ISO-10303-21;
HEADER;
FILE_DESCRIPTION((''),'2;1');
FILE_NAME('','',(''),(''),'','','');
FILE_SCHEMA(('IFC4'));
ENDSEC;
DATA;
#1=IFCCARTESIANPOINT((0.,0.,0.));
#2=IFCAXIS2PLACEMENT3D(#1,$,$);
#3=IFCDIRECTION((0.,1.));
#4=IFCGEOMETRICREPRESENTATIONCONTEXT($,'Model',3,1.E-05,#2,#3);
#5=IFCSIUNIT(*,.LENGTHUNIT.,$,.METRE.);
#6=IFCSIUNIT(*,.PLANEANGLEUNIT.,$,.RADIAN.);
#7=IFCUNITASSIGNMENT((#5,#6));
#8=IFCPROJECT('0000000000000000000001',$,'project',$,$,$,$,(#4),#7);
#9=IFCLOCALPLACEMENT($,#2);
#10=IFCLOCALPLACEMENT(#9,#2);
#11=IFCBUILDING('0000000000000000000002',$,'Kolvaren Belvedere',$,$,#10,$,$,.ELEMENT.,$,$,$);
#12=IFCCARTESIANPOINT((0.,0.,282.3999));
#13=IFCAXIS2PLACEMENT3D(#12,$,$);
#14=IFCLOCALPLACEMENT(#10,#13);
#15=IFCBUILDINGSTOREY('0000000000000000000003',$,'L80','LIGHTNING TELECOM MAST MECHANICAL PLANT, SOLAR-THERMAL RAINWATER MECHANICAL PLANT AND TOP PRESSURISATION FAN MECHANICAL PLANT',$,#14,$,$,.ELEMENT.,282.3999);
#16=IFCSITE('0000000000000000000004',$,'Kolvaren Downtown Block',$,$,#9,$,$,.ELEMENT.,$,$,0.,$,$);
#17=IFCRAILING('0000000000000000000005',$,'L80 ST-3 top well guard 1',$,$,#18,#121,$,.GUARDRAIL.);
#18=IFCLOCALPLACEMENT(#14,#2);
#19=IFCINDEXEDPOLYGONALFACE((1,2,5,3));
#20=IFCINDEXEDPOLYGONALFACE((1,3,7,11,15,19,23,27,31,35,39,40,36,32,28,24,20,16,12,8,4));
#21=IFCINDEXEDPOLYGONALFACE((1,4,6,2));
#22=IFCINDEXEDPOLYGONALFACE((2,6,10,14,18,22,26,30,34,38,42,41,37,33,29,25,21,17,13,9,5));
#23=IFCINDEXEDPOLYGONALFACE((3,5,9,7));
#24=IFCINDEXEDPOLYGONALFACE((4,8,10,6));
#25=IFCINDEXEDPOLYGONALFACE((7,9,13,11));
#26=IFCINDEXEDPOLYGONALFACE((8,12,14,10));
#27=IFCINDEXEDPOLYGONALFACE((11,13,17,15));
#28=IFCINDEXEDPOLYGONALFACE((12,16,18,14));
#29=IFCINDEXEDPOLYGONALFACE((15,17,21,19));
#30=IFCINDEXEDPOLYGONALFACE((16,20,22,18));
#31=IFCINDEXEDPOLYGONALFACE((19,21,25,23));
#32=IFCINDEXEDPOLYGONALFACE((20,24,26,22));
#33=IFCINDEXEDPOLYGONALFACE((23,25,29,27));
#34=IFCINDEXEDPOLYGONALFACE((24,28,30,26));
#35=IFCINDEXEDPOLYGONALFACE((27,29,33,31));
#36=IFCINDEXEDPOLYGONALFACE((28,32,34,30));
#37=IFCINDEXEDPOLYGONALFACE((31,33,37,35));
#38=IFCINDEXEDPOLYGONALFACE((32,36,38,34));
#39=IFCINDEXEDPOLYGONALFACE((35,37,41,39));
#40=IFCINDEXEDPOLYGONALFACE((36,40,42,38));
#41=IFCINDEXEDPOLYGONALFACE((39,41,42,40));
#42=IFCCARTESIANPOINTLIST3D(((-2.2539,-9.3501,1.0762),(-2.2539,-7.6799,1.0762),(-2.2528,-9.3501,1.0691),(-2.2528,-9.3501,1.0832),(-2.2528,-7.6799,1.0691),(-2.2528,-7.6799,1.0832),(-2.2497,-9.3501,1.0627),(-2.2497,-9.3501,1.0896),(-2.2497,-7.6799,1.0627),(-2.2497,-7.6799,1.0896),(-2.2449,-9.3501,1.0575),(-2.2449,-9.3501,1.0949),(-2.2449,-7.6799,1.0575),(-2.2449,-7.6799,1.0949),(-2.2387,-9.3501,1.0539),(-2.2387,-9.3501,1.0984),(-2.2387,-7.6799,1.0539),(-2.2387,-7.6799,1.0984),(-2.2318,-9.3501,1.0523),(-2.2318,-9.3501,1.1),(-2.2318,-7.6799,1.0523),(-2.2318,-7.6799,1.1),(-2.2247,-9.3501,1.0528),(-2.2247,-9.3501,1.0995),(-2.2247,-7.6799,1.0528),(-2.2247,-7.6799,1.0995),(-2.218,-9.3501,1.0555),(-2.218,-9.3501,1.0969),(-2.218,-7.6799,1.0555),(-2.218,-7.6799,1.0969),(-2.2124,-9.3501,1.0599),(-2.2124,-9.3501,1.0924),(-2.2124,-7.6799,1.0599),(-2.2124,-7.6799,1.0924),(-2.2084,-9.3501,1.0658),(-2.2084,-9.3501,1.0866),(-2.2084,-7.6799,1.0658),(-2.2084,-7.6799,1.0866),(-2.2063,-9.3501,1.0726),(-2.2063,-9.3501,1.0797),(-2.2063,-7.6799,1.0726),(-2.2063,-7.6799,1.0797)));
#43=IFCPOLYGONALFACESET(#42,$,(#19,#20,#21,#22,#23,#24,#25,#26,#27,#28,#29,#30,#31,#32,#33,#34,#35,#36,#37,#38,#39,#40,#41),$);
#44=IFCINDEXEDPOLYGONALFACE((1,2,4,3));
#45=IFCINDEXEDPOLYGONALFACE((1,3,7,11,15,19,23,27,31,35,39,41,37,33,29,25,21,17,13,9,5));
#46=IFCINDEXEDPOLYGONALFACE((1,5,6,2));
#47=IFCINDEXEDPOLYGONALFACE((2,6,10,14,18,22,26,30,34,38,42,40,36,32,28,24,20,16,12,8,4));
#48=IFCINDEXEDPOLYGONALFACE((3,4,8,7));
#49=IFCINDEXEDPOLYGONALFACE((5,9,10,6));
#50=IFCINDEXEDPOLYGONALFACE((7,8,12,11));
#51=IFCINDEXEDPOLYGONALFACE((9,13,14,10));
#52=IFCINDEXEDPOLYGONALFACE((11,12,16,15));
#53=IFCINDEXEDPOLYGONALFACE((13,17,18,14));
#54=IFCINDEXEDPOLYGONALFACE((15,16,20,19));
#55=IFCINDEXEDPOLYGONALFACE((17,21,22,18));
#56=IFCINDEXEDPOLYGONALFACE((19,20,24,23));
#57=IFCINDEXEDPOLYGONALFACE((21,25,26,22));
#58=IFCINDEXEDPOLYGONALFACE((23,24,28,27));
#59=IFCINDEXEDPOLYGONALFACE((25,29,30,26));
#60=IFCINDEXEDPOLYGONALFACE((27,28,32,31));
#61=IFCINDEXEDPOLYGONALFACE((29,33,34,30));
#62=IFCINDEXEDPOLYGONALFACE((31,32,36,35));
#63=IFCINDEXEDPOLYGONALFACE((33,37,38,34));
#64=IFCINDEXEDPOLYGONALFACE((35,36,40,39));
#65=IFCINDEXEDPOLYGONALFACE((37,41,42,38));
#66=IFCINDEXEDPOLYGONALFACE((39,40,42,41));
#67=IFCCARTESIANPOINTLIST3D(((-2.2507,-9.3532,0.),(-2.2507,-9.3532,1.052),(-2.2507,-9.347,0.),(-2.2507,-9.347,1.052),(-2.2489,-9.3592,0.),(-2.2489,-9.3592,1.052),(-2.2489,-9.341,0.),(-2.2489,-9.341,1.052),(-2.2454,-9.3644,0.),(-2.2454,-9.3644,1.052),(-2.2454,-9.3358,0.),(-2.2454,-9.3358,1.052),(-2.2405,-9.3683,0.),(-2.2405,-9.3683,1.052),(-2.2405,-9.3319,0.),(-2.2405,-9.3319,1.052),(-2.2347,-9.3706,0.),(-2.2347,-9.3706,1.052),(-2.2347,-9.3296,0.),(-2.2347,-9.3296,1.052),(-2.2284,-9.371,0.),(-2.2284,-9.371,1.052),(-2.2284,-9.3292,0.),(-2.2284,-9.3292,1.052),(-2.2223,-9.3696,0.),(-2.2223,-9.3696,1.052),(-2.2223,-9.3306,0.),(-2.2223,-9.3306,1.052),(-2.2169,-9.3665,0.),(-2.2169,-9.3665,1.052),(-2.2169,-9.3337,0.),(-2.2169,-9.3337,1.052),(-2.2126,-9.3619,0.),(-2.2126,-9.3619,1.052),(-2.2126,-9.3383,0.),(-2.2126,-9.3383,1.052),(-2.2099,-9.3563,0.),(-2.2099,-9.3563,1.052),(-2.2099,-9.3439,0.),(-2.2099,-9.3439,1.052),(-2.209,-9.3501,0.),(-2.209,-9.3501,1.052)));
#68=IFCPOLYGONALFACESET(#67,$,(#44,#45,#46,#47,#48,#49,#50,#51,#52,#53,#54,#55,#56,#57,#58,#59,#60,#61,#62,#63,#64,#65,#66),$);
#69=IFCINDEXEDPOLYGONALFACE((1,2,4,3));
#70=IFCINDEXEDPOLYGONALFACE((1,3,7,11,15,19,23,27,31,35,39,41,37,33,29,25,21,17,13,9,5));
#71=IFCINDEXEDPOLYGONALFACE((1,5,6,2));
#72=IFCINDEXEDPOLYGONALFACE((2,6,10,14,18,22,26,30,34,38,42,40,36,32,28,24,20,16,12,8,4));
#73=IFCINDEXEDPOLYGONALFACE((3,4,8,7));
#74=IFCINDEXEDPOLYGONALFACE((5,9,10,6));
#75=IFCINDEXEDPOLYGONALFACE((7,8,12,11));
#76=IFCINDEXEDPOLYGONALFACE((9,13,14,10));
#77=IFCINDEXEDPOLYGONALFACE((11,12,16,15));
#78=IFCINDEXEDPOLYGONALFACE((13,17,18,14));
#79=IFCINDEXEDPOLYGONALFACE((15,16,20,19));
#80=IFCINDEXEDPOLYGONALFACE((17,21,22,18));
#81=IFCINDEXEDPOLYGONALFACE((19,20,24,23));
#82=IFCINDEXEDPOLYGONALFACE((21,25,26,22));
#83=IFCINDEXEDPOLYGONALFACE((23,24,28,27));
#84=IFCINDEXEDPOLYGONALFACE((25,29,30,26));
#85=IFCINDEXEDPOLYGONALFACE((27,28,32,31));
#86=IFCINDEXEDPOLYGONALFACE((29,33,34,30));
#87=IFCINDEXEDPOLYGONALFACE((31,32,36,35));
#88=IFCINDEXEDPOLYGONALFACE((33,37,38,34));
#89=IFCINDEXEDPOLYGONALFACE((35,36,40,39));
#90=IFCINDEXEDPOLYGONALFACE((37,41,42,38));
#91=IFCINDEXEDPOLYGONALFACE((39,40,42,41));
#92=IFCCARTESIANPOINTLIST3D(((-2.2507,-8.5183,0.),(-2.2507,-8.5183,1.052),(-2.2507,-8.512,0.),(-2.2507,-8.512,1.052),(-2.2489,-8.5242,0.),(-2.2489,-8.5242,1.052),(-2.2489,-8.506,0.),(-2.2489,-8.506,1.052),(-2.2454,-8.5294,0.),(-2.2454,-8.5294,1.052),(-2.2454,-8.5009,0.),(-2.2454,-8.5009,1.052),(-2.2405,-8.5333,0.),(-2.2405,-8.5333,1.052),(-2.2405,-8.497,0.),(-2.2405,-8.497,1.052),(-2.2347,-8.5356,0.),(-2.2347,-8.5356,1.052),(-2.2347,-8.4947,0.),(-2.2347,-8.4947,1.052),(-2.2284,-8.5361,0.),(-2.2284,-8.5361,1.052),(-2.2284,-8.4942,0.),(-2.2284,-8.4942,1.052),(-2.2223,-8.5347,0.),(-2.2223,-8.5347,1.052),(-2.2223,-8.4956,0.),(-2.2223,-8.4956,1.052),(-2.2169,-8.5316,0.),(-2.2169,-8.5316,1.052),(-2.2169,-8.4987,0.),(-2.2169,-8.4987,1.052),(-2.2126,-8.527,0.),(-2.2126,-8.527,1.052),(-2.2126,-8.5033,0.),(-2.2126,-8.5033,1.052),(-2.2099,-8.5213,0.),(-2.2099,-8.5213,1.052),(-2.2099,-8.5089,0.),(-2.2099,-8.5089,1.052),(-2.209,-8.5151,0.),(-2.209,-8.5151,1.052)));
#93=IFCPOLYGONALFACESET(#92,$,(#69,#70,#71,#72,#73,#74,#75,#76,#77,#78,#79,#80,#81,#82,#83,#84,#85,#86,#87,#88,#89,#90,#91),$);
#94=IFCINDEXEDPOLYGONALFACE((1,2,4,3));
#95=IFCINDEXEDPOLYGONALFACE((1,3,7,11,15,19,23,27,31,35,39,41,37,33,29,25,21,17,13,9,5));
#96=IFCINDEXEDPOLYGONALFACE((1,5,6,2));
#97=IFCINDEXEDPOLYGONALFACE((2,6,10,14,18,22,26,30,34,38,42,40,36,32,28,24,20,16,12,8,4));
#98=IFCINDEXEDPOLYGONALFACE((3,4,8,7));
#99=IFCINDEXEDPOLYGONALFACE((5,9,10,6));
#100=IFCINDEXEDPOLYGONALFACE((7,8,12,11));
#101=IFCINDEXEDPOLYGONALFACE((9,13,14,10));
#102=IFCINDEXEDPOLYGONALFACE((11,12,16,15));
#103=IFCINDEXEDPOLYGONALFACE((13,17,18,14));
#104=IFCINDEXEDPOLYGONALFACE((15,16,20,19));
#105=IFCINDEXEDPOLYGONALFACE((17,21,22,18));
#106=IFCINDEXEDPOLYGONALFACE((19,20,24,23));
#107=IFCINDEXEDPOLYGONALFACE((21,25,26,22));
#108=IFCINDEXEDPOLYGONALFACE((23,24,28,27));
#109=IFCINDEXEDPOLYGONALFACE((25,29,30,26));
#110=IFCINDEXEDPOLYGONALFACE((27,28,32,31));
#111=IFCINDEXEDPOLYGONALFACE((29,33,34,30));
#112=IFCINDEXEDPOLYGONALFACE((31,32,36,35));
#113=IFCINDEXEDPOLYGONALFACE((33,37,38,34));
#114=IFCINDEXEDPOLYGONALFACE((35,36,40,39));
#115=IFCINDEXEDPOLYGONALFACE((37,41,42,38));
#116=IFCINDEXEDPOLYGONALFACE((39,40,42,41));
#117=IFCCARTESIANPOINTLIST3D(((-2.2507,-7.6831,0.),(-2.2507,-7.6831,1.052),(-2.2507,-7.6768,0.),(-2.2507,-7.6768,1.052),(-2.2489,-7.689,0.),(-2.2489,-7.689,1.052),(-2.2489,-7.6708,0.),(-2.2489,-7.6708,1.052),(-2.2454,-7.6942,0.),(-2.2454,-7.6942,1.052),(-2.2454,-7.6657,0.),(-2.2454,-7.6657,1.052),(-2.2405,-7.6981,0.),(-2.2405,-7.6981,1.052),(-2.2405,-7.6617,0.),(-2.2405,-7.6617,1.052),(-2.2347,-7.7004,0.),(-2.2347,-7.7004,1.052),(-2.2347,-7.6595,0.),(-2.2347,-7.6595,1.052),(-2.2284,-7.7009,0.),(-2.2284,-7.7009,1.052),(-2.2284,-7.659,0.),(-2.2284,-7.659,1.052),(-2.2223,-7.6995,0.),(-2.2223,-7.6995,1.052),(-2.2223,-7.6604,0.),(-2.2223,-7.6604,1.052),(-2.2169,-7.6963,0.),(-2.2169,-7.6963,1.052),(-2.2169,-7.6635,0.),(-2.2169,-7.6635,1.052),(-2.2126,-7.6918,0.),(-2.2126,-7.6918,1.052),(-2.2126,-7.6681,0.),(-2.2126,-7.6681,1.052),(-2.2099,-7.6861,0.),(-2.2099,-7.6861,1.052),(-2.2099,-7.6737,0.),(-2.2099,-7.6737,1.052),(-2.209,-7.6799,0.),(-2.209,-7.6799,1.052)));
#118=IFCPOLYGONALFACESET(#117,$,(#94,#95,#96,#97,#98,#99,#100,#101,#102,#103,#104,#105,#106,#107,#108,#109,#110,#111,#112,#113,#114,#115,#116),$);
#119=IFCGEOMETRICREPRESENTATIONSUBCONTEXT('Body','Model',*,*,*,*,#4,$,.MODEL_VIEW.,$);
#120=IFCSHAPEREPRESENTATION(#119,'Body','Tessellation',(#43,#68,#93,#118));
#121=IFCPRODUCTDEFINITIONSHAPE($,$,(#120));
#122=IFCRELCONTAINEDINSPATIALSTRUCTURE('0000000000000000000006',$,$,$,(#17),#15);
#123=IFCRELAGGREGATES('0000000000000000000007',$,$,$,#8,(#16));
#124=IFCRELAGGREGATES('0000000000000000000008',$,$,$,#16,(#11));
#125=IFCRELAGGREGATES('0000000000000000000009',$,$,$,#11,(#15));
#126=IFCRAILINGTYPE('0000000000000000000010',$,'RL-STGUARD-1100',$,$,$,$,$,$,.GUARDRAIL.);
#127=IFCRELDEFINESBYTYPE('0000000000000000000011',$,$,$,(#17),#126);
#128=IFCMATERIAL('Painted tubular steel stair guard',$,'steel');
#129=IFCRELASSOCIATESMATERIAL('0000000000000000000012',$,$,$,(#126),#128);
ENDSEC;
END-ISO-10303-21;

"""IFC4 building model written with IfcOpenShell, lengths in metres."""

from ifc_helpers import new_model, si_unit, direction, frame, origin, origin_2d, place, context, subcontext, project, spatial, circle, extrude, material, type_object, element, save


model = new_model("IFC4")

# Units and contexts
model_context = context("Model", 3, precision=1e-05, world=origin(), true_north=direction((0.0, 1.0)))
body_context = subcontext(model_context, "Body", "Model", "MODEL_VIEW")
ifc_project = project(units=[si_unit("LENGTHUNIT", "METRE"), si_unit("PLANEANGLEUNIT", "RADIAN")], contexts=[model_context])

# Site, building, storey
site_placement = place(None, origin())
site = spatial("IfcSite", under=ifc_project, at=site_placement, Name="Kolvaren Downtown Block", CompositionType="ELEMENT", RefElevation=0.0)
building_placement = place(site_placement, origin())
building = spatial("IfcBuilding", under=site, at=building_placement, Name="Kolvaren Belvedere", CompositionType="ELEMENT")
storey_placement = place(building_placement, frame((0.0, 0.0, 282.3999)))
storey = spatial("IfcBuildingStorey", under=building, at=storey_placement, Name="L80", Description="LIGHTNING TELECOM MAST MECHANICAL PLANT, SOLAR-THERMAL RAINWATER MECHANICAL PLANT AND TOP PRESSURISATION FAN MECHANICAL PLANT", CompositionType="ELEMENT", Elevation=282.3999)

# Railing
ifc_material_1 = material(Name="Painted tubular steel stair guard", Category="steel")
railing_type = type_object("IfcRailingType", Name="RL-STGUARD-1100", PredefinedType="GUARDRAIL", material=ifc_material_1)
railing_placement = place(storey_placement, frame((-2.23, -9.3501, 0.0)))
element("IfcRailing", 1, at=railing_placement, inside=storey, type_object=railing_type, Name="L80 ST-3 top well guard 1", PredefinedType="GUARDRAIL", context=body_context, shape_type="SweptSolid", body=[
    extrude(circle(Radius=0.0239, at=origin_2d()), frame((0.0, 0.0, 1.0762), z_axis=(0.0, 1.0, 0.0), x_axis=(-1.0, 0.0, 0.0)), (0.0, 0.0, 1.0), 1.6702),
    extrude(circle(Radius=0.021, at=origin_2d()), origin(), (0.0, 0.0, 1.0), 1.052),
    extrude(circle(Radius=0.021, at=origin_2d()), frame((0.0, 0.835, 0.0)), (0.0, 0.0, 1.0), 1.052),
    extrude(circle(Radius=0.021, at=origin_2d()), frame((0.0, 1.6702, 0.0)), (0.0, 0.0, 1.0), 1.052),
])

save(model, "model.ifc")
